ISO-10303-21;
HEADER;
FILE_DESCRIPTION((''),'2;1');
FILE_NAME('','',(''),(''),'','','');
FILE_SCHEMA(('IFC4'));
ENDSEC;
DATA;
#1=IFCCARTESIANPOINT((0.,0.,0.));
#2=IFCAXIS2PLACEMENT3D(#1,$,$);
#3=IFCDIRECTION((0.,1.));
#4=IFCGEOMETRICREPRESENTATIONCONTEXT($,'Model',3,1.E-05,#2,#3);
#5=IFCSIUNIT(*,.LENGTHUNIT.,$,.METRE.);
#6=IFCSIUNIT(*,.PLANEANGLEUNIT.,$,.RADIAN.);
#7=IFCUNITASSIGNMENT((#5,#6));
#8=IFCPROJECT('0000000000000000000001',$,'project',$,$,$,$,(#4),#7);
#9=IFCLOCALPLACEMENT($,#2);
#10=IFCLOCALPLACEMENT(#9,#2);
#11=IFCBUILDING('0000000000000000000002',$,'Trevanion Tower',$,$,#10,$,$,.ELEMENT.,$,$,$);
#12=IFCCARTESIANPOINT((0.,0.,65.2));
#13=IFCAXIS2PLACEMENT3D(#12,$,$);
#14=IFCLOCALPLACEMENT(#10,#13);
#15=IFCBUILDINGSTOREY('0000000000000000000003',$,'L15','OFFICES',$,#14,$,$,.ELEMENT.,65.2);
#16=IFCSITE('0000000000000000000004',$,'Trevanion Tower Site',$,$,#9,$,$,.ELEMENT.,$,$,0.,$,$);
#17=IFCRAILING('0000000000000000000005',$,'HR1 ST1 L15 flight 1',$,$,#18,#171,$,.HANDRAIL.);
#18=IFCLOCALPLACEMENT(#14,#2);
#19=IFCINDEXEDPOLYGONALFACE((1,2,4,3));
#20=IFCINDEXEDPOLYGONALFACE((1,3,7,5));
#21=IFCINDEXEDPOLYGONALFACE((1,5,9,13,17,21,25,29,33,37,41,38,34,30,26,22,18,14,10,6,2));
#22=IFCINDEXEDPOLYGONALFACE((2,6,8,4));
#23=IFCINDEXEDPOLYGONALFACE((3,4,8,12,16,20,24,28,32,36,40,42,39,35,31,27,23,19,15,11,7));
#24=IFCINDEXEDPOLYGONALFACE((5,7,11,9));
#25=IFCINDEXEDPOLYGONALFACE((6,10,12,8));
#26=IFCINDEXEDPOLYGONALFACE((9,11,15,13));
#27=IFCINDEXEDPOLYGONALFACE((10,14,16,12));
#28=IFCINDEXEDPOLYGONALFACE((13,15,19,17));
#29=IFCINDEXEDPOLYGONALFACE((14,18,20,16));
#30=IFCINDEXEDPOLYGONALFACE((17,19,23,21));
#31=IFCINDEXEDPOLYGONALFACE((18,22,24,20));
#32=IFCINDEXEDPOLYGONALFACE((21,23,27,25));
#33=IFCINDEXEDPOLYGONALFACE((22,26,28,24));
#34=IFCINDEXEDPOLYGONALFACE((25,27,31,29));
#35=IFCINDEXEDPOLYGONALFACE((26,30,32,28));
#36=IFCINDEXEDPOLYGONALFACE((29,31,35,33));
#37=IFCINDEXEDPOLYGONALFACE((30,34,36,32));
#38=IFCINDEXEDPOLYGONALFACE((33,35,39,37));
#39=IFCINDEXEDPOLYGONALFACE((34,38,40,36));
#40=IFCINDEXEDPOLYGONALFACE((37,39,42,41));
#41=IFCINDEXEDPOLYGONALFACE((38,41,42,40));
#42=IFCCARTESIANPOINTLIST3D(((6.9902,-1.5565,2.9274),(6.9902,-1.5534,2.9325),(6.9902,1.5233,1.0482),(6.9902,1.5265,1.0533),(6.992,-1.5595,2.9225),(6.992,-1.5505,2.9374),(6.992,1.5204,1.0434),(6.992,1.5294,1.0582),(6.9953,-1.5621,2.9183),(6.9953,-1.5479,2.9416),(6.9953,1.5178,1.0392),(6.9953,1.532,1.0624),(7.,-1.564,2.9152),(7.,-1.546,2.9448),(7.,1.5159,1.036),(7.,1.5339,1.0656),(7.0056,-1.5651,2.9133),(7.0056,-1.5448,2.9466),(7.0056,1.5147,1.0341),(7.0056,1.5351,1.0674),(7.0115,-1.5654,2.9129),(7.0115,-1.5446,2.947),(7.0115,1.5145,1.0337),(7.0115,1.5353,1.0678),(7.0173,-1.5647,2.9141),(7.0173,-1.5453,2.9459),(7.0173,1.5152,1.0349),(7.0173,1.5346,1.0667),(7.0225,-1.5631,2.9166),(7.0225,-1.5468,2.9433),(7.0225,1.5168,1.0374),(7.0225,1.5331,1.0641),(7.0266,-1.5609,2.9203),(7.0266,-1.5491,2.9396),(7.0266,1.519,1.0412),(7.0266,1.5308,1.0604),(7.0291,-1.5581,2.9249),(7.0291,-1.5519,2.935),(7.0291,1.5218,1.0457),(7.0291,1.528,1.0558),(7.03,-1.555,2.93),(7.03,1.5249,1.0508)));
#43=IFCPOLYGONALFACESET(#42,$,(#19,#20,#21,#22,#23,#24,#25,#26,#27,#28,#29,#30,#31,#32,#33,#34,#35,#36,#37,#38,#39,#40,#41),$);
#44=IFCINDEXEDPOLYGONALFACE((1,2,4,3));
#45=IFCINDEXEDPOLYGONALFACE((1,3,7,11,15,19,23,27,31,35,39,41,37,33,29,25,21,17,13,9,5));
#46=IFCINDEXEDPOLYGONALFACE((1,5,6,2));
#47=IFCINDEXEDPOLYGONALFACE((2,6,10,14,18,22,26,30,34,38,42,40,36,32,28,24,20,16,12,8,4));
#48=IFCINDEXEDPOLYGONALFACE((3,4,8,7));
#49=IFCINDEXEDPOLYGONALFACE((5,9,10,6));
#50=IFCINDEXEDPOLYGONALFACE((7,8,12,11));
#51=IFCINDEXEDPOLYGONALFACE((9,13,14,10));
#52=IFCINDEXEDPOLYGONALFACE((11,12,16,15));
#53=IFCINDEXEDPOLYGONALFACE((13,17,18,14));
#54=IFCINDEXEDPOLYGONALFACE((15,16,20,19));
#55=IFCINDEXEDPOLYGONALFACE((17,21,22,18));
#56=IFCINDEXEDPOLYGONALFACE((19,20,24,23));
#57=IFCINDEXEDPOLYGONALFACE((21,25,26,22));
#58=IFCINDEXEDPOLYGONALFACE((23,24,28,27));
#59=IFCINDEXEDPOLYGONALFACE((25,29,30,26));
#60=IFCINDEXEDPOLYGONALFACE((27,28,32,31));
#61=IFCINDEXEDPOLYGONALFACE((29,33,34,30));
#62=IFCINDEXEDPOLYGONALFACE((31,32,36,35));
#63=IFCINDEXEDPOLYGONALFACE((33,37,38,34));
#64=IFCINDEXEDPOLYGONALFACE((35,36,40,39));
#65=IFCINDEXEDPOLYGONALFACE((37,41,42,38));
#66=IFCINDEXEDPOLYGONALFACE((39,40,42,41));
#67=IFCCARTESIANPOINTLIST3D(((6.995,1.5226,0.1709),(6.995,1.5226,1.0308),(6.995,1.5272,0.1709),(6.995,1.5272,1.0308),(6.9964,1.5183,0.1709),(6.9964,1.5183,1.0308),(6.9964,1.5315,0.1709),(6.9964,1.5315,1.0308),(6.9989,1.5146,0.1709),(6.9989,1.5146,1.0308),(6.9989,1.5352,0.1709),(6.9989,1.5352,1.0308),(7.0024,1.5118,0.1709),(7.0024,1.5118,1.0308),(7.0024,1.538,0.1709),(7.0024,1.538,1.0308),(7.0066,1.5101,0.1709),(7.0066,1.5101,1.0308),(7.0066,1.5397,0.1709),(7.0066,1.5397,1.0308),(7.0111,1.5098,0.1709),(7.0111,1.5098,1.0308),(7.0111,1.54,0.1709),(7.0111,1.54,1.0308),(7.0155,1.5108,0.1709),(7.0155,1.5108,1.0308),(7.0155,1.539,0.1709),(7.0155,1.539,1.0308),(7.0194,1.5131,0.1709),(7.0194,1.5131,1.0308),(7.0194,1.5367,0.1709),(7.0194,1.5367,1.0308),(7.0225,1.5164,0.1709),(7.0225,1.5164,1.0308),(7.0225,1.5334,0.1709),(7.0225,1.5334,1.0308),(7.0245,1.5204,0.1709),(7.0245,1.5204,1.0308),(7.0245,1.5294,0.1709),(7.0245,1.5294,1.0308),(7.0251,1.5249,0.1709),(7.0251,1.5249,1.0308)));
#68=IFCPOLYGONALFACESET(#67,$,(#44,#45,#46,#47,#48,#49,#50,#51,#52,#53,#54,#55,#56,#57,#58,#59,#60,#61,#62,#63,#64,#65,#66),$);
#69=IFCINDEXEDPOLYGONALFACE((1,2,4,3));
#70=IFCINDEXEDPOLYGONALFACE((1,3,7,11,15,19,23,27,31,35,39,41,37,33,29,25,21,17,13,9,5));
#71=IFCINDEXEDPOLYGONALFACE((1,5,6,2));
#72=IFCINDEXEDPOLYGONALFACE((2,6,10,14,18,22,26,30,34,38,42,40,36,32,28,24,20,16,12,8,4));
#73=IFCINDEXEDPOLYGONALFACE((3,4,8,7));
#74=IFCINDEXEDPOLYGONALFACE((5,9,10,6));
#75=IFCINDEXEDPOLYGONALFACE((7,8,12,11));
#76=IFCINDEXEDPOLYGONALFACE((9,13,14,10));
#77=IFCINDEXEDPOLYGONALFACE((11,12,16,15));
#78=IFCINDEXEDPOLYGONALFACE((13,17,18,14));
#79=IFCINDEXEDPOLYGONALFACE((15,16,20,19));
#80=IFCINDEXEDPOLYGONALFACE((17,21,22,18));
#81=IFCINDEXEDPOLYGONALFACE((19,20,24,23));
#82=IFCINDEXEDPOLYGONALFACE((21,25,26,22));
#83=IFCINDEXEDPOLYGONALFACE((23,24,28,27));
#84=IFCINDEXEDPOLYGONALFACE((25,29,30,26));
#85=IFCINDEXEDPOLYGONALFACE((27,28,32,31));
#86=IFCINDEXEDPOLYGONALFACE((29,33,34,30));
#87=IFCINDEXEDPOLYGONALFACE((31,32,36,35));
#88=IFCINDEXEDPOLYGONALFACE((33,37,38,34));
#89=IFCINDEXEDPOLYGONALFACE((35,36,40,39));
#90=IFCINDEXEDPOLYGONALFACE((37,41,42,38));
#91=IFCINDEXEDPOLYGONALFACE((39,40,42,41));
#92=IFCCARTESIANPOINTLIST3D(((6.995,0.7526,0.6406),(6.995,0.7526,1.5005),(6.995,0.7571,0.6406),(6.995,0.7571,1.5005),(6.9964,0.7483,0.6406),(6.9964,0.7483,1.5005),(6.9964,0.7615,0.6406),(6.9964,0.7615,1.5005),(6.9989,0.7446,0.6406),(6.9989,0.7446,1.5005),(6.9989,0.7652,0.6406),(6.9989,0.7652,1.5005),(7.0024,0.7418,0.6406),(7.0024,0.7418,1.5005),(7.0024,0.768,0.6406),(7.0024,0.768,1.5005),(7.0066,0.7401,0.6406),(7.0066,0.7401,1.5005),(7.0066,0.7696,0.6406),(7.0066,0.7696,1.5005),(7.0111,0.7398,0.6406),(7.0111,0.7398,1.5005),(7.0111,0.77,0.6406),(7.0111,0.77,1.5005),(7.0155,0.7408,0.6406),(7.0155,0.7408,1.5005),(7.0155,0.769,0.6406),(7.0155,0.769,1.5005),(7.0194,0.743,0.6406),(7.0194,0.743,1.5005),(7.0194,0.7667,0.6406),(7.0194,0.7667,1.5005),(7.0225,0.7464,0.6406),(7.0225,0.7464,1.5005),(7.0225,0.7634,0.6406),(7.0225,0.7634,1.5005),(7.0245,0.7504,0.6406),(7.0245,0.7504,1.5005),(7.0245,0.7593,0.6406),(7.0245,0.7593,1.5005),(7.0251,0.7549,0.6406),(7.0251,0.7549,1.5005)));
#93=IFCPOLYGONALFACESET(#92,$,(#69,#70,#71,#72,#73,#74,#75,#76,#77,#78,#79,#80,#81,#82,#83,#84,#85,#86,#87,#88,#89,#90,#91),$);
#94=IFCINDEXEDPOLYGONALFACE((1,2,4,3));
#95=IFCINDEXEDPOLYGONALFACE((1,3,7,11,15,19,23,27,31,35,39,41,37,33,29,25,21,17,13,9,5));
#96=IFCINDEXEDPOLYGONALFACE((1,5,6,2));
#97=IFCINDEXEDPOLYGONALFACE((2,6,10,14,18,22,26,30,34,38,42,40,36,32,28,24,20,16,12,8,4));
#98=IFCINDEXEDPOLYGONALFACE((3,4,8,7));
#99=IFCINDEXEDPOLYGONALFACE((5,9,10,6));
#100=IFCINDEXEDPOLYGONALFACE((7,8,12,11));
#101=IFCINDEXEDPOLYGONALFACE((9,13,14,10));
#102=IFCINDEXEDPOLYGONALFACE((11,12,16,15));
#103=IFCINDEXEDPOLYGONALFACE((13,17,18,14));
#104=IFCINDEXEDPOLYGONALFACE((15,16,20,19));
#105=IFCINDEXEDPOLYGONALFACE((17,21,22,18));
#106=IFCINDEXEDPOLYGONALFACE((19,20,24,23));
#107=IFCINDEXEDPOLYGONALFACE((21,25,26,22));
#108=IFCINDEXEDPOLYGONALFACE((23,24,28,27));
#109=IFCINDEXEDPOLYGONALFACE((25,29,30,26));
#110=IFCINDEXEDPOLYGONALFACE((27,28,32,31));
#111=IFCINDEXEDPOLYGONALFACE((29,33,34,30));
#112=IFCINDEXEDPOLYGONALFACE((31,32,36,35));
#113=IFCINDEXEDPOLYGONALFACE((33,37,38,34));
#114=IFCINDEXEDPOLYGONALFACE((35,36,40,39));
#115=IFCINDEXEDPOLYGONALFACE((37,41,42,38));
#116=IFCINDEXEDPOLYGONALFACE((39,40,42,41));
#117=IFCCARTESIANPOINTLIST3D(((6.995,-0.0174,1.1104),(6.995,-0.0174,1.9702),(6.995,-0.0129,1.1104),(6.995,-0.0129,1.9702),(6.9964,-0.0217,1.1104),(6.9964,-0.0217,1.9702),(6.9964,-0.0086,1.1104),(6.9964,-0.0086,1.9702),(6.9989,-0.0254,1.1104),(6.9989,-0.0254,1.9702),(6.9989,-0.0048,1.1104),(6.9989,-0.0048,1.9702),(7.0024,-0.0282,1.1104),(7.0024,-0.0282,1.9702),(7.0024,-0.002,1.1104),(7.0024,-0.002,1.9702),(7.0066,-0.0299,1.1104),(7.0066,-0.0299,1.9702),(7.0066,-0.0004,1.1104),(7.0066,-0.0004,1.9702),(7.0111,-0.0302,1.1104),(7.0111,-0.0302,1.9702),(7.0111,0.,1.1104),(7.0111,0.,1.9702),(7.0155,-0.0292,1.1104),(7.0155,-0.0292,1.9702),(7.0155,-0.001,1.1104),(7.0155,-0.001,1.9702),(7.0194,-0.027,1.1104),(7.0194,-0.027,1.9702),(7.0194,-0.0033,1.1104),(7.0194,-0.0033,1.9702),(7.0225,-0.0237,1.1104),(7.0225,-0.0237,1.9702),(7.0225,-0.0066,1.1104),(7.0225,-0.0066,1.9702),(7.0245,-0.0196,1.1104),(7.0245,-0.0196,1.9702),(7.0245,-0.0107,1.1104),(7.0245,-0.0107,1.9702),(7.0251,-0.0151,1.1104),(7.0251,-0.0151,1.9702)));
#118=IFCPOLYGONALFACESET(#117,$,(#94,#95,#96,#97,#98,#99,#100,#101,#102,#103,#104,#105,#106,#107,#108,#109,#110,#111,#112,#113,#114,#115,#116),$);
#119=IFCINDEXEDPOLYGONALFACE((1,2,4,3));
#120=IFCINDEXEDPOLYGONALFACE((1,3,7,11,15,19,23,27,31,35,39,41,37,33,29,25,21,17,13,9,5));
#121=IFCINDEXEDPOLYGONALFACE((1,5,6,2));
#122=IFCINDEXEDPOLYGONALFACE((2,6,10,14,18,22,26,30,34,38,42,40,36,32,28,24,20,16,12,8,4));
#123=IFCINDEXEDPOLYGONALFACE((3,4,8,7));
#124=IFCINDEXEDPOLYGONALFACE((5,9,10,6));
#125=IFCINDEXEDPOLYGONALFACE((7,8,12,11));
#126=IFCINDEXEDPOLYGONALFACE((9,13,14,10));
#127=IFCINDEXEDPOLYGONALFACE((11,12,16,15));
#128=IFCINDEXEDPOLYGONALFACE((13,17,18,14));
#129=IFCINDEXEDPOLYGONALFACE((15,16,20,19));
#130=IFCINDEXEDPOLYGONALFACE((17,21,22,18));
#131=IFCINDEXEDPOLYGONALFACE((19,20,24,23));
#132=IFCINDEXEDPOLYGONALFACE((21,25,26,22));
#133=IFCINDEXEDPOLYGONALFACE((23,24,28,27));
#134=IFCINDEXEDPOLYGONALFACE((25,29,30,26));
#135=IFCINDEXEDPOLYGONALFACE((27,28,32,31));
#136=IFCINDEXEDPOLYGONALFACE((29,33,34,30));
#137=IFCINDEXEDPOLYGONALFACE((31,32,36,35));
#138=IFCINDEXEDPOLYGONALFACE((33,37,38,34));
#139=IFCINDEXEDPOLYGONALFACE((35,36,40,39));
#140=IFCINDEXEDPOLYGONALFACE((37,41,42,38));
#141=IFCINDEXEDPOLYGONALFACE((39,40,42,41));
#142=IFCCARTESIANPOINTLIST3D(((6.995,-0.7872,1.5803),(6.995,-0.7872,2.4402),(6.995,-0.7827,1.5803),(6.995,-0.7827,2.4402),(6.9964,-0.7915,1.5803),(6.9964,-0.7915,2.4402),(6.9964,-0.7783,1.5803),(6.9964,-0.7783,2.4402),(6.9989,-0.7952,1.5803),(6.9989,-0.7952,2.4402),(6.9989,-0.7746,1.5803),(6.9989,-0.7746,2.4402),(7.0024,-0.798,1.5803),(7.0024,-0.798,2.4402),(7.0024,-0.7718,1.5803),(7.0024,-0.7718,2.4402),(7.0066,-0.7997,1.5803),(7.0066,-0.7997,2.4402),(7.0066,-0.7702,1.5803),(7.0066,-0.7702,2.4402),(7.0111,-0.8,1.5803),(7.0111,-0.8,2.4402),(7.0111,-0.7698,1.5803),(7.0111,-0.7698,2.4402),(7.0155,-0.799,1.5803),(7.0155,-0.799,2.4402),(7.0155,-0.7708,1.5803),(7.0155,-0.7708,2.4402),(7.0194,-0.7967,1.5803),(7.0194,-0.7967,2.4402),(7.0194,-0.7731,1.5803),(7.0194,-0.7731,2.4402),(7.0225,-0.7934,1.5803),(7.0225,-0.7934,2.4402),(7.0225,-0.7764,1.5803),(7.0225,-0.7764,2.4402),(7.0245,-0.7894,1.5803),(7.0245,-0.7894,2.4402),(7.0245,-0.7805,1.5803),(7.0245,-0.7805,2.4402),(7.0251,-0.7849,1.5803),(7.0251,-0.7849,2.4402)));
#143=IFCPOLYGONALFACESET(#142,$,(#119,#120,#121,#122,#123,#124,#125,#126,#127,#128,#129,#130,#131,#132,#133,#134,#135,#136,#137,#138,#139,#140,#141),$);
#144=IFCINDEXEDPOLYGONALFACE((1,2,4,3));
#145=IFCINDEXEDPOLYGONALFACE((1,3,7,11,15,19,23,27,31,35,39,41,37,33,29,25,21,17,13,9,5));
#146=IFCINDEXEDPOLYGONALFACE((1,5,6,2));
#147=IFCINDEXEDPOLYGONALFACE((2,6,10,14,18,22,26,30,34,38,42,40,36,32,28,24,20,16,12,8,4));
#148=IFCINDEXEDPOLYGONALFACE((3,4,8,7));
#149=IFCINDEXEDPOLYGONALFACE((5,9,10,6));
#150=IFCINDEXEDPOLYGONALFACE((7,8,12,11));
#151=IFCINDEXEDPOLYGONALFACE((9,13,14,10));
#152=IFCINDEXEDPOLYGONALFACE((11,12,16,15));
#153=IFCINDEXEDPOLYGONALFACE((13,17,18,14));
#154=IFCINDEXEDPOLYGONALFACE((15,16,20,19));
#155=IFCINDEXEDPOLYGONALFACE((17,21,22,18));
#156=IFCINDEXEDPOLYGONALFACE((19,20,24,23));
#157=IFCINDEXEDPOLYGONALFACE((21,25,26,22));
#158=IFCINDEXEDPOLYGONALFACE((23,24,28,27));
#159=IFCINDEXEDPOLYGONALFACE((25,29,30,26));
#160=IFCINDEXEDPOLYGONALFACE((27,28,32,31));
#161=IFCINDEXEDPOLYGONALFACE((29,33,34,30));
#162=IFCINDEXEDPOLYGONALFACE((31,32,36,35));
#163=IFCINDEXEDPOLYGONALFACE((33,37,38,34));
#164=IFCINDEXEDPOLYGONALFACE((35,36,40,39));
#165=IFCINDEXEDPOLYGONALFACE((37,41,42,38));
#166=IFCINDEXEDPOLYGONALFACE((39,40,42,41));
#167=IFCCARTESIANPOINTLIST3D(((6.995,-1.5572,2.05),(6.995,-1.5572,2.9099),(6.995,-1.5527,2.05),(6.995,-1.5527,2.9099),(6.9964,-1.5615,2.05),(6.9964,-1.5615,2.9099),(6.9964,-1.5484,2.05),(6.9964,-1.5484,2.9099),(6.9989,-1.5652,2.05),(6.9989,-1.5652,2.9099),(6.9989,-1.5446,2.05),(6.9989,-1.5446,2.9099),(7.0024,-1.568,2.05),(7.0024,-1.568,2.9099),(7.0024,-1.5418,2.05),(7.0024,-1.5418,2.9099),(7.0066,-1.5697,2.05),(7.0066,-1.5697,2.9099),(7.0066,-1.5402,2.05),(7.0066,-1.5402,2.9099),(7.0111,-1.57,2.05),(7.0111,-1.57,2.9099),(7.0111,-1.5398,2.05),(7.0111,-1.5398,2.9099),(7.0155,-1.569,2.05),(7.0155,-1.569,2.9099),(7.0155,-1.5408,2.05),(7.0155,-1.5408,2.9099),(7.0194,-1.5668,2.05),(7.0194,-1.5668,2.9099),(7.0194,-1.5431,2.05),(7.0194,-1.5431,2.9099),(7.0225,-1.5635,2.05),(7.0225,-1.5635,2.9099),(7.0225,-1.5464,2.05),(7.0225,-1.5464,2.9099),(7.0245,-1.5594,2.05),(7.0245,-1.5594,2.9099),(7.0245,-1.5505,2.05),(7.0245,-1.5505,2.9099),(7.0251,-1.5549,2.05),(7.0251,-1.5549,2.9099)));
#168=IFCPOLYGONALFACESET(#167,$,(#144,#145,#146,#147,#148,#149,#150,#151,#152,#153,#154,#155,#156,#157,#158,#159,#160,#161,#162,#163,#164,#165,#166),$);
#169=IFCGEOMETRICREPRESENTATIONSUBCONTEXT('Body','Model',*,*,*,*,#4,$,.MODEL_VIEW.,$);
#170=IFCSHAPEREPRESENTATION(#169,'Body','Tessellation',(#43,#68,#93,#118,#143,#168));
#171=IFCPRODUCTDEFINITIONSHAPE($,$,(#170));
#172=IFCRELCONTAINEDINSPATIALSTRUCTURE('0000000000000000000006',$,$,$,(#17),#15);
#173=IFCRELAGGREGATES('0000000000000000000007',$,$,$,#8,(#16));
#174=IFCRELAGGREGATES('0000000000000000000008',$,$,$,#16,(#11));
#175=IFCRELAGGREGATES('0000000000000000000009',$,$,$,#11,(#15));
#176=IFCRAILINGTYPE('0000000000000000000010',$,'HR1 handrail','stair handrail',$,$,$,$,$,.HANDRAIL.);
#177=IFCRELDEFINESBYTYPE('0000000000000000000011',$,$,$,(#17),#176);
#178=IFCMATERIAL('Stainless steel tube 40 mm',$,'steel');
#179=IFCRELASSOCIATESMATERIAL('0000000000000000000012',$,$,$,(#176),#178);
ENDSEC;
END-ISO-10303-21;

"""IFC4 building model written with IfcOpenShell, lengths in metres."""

from ifc_helpers import new_model, si_unit, direction, frame, origin, origin_2d, place, context, subcontext, project, spatial, circle, extrude, material, type_object, element, save


model = new_model("IFC4")

# Units and contexts
model_context = context("Model", 3, precision=1e-05, world=origin(), true_north=direction((0.0, 1.0)))
body_context = subcontext(model_context, "Body", "Model", "MODEL_VIEW")
ifc_project = project(units=[si_unit("LENGTHUNIT", "METRE"), si_unit("PLANEANGLEUNIT", "RADIAN")], contexts=[model_context])

# Site, building, storey
site_placement = place(None, origin())
site = spatial("IfcSite", under=ifc_project, at=site_placement, Name="Trevanion Tower Site", CompositionType="ELEMENT", RefElevation=0.0)
building_placement = place(site_placement, origin())
building = spatial("IfcBuilding", under=site, at=building_placement, Name="Trevanion Tower", CompositionType="ELEMENT")
storey_placement = place(building_placement, frame((0.0, 0.0, 65.2)))
storey = spatial("IfcBuildingStorey", under=building, at=storey_placement, Name="L15", Description="OFFICES", CompositionType="ELEMENT", Elevation=65.2)

# Railing
ifc_material_1 = material(Name="Stainless steel tube 40 mm", Category="steel")
railing_type = type_object("IfcRailingType", Name="HR1 handrail", Description="stair handrail", PredefinedType="HANDRAIL", material=ifc_material_1)
for number, where, name in (
    (1, (7.01, 1.5249, 0.1709), "HR1 ST1 L15 flight 1"),
):
    element("IfcRailing", number, at=place(storey_placement, frame(where)), inside=storey, type_object=railing_type, Name=name, PredefinedType="HANDRAIL", context=body_context, shape_type="SweptSolid", body=[
        extrude(circle(Radius=0.02, at=origin_2d()), frame((0.0, 0.0, 0.8799), z_axis=(0.0, -0.853648, 0.52085), x_axis=(1.0, 0.0, 0.0)), (0.0, 0.0, 1.0), 3.6079),
        extrude(circle(Radius=0.0151, at=origin_2d()), origin(), (0.0, 0.0, 1.0), 0.8599),
        extrude(circle(Radius=0.0151, at=origin_2d()), frame((0.0, -0.77, 0.4697)), (0.0, 0.0, 1.0), 0.8599),
        extrude(circle(Radius=0.0151, at=origin_2d()), frame((0.0, -1.54, 0.9395)), (0.0, 0.0, 1.0), 0.8599),
        extrude(circle(Radius=0.0151, at=origin_2d()), frame((0.0, -2.3098, 1.4094)), (0.0, 0.0, 1.0), 0.8599),
        extrude(circle(Radius=0.0151, at=origin_2d()), frame((0.0, -3.0798, 1.8792)), (0.0, 0.0, 1.0), 0.8599),
    ])

save(model, "model.ifc")
